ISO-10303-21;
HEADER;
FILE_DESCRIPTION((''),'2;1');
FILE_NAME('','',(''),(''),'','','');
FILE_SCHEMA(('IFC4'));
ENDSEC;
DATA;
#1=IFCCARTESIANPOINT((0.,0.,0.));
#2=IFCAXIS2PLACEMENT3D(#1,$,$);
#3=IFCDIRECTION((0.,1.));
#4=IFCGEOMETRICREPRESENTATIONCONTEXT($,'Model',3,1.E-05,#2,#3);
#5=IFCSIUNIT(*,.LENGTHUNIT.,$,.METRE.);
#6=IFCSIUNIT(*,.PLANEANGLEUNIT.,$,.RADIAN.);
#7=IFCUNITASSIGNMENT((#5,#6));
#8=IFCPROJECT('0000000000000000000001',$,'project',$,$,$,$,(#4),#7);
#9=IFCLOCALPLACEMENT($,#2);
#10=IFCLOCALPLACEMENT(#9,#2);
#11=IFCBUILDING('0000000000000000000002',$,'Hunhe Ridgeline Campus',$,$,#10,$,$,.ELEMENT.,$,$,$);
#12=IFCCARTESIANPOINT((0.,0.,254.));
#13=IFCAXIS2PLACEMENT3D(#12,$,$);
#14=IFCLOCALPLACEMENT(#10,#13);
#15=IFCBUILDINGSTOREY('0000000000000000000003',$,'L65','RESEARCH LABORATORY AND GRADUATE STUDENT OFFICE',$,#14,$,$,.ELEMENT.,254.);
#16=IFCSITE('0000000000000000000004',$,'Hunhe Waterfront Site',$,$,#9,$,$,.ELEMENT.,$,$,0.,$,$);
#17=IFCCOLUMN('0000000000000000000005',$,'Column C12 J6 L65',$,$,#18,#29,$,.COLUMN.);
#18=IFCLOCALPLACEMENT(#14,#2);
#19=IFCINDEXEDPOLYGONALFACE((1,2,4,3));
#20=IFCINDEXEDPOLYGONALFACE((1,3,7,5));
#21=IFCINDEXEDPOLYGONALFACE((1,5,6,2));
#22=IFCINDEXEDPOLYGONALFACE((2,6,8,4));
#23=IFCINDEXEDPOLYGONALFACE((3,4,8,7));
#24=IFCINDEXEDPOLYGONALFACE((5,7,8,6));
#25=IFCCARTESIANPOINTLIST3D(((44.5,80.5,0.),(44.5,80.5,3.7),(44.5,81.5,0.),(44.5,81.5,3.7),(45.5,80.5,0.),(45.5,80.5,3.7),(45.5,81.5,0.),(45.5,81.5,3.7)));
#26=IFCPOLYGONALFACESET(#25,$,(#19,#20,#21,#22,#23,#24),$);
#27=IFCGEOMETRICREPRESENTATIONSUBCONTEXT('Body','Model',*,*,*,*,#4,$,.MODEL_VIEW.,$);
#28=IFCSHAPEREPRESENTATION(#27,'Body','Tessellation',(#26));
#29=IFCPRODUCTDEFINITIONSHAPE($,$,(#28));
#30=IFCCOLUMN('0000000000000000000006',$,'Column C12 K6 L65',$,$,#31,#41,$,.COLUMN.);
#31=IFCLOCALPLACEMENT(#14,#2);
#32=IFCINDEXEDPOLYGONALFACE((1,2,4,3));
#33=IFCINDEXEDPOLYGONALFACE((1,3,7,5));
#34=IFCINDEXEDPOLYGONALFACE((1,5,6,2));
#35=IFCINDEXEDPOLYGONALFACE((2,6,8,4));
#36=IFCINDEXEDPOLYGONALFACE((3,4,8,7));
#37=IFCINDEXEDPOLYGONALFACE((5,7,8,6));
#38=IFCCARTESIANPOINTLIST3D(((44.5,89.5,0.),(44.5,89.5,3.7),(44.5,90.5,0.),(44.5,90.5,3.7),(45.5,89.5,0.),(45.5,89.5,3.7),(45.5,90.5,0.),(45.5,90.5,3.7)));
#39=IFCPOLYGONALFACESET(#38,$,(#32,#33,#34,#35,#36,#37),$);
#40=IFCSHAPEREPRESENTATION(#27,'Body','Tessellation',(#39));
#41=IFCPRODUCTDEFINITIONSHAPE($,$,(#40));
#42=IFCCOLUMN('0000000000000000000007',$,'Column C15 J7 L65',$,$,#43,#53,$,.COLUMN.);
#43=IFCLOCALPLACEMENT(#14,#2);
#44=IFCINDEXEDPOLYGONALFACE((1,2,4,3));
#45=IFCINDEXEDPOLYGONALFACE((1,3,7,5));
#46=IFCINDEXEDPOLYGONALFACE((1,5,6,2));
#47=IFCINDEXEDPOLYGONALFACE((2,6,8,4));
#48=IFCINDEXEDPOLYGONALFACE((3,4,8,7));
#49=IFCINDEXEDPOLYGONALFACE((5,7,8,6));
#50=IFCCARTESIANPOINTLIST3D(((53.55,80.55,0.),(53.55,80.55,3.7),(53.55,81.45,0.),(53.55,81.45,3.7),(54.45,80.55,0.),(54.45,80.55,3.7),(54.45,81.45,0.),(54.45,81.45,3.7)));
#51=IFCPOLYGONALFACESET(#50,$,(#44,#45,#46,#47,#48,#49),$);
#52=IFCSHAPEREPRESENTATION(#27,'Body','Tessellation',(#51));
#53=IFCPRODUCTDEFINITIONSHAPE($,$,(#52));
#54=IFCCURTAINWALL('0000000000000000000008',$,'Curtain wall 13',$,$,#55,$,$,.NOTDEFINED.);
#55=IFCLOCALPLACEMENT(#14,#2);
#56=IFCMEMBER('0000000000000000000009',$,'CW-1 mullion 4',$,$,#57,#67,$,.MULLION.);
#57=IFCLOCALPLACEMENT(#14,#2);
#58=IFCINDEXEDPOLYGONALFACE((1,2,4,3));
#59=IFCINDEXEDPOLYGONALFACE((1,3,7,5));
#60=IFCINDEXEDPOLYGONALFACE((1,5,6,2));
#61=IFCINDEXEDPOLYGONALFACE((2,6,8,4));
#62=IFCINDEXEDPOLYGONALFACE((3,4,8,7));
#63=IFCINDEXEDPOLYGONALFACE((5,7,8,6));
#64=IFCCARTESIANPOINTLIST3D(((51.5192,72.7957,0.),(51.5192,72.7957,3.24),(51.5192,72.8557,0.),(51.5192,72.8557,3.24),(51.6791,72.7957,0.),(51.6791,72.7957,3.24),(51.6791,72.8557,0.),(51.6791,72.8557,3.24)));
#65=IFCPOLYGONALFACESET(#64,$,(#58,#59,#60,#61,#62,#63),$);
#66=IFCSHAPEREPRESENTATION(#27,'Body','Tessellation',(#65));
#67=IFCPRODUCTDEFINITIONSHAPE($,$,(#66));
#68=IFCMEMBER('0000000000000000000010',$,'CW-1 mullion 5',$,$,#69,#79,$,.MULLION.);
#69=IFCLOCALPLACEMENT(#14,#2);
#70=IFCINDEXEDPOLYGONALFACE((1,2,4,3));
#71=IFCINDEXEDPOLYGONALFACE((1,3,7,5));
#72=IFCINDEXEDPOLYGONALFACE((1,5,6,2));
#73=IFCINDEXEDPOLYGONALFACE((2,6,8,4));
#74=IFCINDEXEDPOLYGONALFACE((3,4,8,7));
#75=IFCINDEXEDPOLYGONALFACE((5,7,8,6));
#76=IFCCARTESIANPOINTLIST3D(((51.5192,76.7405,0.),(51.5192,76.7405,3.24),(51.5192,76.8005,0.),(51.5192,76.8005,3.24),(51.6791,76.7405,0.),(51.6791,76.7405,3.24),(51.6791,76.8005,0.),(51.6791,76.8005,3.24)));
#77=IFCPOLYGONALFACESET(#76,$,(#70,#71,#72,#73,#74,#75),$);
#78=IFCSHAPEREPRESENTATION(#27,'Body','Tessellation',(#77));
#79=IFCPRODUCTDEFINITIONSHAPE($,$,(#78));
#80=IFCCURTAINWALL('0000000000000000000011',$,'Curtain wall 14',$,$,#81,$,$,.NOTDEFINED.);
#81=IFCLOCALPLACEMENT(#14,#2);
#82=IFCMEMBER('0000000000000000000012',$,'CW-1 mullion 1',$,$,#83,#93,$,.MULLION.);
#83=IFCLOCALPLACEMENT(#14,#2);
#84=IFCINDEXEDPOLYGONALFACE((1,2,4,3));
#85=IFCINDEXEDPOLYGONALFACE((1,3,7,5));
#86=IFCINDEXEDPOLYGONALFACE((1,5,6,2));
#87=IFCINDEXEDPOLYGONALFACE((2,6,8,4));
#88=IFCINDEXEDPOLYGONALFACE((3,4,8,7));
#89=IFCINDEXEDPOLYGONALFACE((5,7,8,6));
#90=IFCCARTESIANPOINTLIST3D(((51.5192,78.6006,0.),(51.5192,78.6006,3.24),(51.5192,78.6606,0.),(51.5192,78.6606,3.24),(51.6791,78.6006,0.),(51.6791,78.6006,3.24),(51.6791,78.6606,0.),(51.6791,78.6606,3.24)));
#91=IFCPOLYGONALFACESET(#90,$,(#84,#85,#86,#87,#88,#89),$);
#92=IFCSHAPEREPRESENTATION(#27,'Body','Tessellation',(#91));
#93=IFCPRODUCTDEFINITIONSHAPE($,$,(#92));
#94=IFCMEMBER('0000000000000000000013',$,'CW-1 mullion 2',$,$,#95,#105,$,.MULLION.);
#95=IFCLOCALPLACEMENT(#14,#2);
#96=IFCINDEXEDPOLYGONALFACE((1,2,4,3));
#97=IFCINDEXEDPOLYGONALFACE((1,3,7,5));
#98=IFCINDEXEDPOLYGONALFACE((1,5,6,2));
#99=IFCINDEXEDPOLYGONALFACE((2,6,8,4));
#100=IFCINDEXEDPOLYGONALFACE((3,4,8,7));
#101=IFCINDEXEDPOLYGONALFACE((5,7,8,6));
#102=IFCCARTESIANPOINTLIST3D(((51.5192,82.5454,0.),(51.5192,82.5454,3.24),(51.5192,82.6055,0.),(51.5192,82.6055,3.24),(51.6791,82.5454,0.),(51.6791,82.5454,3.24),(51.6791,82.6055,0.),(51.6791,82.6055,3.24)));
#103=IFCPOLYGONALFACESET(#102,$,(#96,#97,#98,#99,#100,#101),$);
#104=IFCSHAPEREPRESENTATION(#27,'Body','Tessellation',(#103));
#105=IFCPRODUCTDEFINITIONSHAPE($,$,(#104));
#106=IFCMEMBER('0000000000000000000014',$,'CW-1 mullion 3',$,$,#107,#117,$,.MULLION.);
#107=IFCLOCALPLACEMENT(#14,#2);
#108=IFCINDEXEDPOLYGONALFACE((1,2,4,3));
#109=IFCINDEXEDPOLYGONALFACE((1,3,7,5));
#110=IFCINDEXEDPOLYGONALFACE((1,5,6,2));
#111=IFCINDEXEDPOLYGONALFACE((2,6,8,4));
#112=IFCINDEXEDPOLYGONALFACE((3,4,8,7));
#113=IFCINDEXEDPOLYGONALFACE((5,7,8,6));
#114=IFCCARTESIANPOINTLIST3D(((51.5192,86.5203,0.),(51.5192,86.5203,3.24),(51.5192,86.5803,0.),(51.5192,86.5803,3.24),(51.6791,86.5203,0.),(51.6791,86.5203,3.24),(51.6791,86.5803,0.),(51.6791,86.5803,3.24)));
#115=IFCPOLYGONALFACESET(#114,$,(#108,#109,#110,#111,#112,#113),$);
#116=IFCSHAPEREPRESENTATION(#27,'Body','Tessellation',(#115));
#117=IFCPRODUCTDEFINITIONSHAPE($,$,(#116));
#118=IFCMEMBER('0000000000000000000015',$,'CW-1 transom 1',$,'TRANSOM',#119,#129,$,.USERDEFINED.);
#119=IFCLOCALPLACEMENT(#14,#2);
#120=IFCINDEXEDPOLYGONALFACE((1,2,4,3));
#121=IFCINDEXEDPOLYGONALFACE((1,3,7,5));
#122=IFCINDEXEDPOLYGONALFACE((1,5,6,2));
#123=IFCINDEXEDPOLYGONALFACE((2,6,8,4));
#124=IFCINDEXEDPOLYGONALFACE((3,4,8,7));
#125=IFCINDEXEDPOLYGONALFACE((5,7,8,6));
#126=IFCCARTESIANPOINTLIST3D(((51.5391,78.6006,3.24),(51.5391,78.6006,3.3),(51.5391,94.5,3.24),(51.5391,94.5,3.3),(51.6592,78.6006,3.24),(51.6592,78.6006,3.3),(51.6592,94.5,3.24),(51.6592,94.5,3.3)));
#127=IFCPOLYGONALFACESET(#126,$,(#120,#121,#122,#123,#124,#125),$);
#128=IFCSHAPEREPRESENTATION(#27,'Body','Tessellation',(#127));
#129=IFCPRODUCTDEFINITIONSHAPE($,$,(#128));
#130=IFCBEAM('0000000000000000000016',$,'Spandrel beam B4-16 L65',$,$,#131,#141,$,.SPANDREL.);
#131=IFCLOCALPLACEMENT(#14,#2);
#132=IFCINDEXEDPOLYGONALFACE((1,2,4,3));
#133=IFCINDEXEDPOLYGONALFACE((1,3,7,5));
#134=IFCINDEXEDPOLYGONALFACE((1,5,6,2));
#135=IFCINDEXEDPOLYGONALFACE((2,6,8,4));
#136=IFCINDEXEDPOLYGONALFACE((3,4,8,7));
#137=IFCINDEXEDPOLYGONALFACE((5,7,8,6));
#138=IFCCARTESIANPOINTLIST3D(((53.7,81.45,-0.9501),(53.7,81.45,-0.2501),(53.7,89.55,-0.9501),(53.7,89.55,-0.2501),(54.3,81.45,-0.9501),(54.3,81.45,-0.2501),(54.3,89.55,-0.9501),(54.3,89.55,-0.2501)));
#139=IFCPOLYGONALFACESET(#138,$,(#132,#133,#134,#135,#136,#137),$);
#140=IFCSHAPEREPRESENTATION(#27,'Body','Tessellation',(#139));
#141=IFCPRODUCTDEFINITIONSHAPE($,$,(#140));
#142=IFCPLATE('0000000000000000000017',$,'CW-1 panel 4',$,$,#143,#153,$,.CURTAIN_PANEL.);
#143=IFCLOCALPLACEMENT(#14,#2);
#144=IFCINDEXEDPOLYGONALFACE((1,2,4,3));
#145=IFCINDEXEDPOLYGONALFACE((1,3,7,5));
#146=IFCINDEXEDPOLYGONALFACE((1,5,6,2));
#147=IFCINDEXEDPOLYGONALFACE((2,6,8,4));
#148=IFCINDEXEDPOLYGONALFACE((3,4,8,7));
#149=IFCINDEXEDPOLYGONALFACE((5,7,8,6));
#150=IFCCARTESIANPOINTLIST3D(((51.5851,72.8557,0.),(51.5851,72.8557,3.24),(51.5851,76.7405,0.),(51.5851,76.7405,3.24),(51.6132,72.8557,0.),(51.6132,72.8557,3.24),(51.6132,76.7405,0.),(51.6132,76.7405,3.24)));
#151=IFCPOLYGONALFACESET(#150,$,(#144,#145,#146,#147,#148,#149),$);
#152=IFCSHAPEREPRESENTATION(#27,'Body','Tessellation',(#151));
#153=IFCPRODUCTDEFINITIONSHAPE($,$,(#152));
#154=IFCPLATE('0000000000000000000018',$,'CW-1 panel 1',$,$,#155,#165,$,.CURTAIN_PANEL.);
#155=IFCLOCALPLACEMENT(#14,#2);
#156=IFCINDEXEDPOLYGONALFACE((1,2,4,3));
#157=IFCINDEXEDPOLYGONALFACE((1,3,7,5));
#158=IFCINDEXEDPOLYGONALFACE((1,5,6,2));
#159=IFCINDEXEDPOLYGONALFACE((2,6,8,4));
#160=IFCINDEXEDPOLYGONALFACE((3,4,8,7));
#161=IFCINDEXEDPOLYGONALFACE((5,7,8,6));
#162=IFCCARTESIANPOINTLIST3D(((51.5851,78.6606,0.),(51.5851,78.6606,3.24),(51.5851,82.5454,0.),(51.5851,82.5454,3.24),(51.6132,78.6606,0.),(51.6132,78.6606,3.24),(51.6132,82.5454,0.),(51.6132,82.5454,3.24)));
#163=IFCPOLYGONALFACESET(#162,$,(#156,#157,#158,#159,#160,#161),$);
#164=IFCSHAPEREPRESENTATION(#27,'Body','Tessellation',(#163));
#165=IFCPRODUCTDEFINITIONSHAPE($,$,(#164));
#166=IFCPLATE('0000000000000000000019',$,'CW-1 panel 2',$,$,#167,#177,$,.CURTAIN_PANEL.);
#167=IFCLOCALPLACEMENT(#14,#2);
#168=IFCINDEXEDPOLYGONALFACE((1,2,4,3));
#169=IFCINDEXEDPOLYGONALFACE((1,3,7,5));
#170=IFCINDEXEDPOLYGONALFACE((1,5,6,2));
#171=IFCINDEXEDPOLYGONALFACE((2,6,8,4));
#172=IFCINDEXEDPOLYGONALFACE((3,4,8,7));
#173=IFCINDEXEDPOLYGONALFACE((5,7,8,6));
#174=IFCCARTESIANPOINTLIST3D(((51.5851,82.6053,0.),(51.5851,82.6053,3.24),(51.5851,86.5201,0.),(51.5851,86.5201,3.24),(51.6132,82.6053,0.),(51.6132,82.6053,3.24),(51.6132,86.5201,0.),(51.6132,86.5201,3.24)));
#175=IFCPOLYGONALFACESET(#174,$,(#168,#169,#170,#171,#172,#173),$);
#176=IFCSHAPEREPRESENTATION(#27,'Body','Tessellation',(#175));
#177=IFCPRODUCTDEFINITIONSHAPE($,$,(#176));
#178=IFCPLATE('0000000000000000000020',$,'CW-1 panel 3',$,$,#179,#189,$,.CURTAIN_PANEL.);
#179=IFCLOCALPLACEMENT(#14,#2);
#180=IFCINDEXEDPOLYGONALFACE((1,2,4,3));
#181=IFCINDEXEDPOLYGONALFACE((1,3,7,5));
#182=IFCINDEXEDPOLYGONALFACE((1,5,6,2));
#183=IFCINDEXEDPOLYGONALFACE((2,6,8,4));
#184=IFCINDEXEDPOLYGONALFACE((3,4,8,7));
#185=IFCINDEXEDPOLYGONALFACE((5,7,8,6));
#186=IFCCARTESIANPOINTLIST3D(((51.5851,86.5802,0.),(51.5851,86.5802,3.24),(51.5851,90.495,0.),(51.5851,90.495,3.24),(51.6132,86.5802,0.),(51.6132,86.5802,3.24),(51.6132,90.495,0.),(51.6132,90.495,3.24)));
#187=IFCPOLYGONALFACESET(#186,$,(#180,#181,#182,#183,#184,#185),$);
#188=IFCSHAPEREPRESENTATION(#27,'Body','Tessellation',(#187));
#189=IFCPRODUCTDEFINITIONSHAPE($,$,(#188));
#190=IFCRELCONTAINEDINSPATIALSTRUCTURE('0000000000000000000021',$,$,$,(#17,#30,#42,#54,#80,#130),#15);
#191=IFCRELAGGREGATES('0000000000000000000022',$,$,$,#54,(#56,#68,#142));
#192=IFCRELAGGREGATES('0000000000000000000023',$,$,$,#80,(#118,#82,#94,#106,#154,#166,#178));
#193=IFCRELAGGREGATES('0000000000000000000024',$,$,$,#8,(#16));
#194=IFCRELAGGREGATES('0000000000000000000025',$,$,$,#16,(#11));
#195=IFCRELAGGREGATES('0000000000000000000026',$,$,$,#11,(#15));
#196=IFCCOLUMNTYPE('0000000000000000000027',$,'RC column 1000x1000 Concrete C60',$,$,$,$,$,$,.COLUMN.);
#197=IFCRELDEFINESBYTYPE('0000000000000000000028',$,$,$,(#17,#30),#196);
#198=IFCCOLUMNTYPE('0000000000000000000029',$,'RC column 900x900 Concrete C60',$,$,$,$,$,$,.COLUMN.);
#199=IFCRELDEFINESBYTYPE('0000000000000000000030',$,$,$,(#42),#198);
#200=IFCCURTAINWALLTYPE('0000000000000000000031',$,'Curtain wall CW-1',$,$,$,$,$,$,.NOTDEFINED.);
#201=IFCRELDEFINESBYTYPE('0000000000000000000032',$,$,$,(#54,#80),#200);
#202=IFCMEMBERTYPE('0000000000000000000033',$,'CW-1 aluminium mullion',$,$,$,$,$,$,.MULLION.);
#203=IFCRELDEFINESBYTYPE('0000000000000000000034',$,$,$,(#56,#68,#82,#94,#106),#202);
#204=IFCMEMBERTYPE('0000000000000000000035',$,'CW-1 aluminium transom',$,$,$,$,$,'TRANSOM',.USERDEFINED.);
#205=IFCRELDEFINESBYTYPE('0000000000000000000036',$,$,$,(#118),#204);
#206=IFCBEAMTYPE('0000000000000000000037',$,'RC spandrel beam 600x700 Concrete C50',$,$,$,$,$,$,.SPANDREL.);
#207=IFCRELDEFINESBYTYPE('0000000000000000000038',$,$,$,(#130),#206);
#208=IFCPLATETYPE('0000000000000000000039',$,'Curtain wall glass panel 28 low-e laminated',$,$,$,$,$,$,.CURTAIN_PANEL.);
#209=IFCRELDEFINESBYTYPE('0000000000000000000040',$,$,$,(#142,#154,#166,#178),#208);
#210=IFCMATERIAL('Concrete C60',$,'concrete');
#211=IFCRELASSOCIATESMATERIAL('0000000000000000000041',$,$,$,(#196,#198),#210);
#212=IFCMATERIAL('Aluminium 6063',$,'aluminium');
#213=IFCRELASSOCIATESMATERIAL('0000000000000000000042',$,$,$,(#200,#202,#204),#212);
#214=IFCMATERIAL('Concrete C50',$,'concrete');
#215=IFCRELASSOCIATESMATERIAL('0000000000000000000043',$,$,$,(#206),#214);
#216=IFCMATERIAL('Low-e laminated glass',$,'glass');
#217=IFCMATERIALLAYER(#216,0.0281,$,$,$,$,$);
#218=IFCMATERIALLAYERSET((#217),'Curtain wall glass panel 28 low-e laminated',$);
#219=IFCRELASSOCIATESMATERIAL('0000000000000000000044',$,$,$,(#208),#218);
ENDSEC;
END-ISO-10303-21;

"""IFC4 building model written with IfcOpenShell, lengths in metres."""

from ifc_helpers import new_model, si_unit, direction, frame, origin, origin_2d, place, context, subcontext, project, spatial, rectangle, extrude, material, layer, layer_set, material_profile, profile_set, type_object, element, aggregate, save


model = new_model("IFC4")

# Units and contexts
model_context = context("Model", 3, precision=1e-05, world=origin(), true_north=direction((0.0, 1.0)))
body_context = subcontext(model_context, "Body", "Model", "MODEL_VIEW")
ifc_project = project(units=[si_unit("LENGTHUNIT", "METRE"), si_unit("PLANEANGLEUNIT", "RADIAN")], contexts=[model_context])

# Site, building, storey
site_placement = place(None, origin())
site = spatial("IfcSite", under=ifc_project, at=site_placement, Name="Hunhe Waterfront Site", CompositionType="ELEMENT", RefElevation=0.0)
building_placement = place(site_placement, origin())
building = spatial("IfcBuilding", under=site, at=building_placement, Name="Hunhe Ridgeline Campus", CompositionType="ELEMENT")
storey_placement = place(building_placement, frame((0.0, 0.0, 254.0)))
storey = spatial("IfcBuildingStorey", under=building, at=storey_placement, Name="L65", Description="RESEARCH LABORATORY AND GRADUATE STUDENT OFFICE", CompositionType="ELEMENT", Elevation=254.0)

# Columns
ifc_material_1 = material(Name="Concrete C60", Category="concrete")
ifc_material_profile_1 = material_profile(ifc_material_1, rectangle(XDim=1.0, YDim=1.0, at=origin_2d()))
ifc_profile_set_1 = profile_set([ifc_material_profile_1], Name="Concrete C60")
column_type_1 = type_object("IfcColumnType", Name="RC column 1000x1000 Concrete C60", PredefinedType="COLUMN", material=ifc_profile_set_1)
for number, where, z_axis, x_axis, name in (
    (1, (45.0, 81.0, 0.0), (0.0, 0.0, 1.0), (1.0, 0.0, 0.0), "Column C12 J6 L65"),
    (2, (45.0, 90.0, 0.0), (0.0, 0.0, 1.0), (1.0, 0.0, 0.0), "Column C12 K6 L65"),
):
    element("IfcColumn", number, at=place(storey_placement, frame(where, z_axis=z_axis, x_axis=x_axis)), inside=storey, type_object=column_type_1, Name=name, PredefinedType="COLUMN", context=body_context, shape_type="SweptSolid", body=[
        extrude(rectangle(XDim=1.0, YDim=1.0, at=origin_2d()), origin(), (0.0, 0.0, 1.0), 3.7),
    ])
ifc_material_profile_2 = material_profile(ifc_material_1, rectangle(XDim=0.8999, YDim=0.8999, at=origin_2d()))
ifc_profile_set_2 = profile_set([ifc_material_profile_2], Name="Concrete C60")
column_type_2 = type_object("IfcColumnType", Name="RC column 900x900 Concrete C60", PredefinedType="COLUMN", material=ifc_profile_set_2)
column_placement = place(storey_placement, frame((54.0, 81.0, 0.0), z_axis=(0.0, 0.0, 1.0), x_axis=(1.0, 0.0, 0.0)))
element("IfcColumn", 3, at=column_placement, inside=storey, type_object=column_type_2, Name="Column C15 J7 L65", PredefinedType="COLUMN", context=body_context, shape_type="SweptSolid", body=[
    extrude(rectangle(XDim=0.8999, YDim=0.8999, at=origin_2d()), origin(), (0.0, 0.0, 1.0), 3.7),
])

# Curtain walls, members
ifc_material_2 = material(Name="Aluminium 6063", Category="aluminium")
curtain_wall_type = type_object("IfcCurtainWallType", Name="Curtain wall CW-1", PredefinedType="NOTDEFINED", material=ifc_material_2)
curtain_wall_1_placement = place(storey_placement, origin())
curtain_wall_1 = element("IfcCurtainWall", 4, at=curtain_wall_1_placement, inside=storey, type_object=curtain_wall_type, Name="Curtain wall 13", PredefinedType="NOTDEFINED")
ifc_material_profile_3 = material_profile(ifc_material_2, rectangle(XDim=0.1599, YDim=0.0601, at=origin_2d()))
ifc_profile_set_3 = profile_set([ifc_material_profile_3], Name="Aluminium 6063")
member_type_1 = type_object("IfcMemberType", Name="CW-1 aluminium mullion", PredefinedType="MULLION", material=ifc_profile_set_3)
member_1_placement = place(storey_placement, frame((51.5991, 72.8257, 0.0), z_axis=(0.0, 0.0, 1.0), x_axis=(-1.0, 0.0, 0.0)))
member_1 = element("IfcMember", 5, at=member_1_placement, type_object=member_type_1, Name="CW-1 mullion 4", PredefinedType="MULLION", context=body_context, shape_type="SweptSolid", body=[
    extrude(rectangle(XDim=0.1599, YDim=0.0601, at=origin_2d()), origin(), (0.0, 0.0, 1.0), 3.24),
])
member_2_placement = place(storey_placement, frame((51.5991, 76.7705, 0.0), z_axis=(0.0, 0.0, 1.0), x_axis=(-1.0, 0.0, 0.0)))
member_2 = element("IfcMember", 6, at=member_2_placement, type_object=member_type_1, Name="CW-1 mullion 5", PredefinedType="MULLION", context=body_context, shape_type="SweptSolid", body=[
    extrude(rectangle(XDim=0.1599, YDim=0.0601, at=origin_2d()), origin(), (0.0, 0.0, 1.0), 3.24),
])
curtain_wall_2_placement = place(storey_placement, origin())
curtain_wall_2 = element("IfcCurtainWall", 7, at=curtain_wall_2_placement, inside=storey, type_object=curtain_wall_type, Name="Curtain wall 14", PredefinedType="NOTDEFINED")
member_3_placement = place(storey_placement, frame((51.5991, 78.6306, 0.0), z_axis=(0.0, 0.0, 1.0), x_axis=(-1.0, 0.0, 0.0)))
member_3 = element("IfcMember", 8, at=member_3_placement, type_object=member_type_1, Name="CW-1 mullion 1", PredefinedType="MULLION", context=body_context, shape_type="SweptSolid", body=[
    extrude(rectangle(XDim=0.1599, YDim=0.0601, at=origin_2d()), origin(), (0.0, 0.0, 1.0), 3.24),
])
member_4_placement = place(storey_placement, frame((51.5991, 82.5754, 0.0), z_axis=(0.0, 0.0, 1.0), x_axis=(-1.0, 0.0, 0.0)))
member_4 = element("IfcMember", 9, at=member_4_placement, type_object=member_type_1, Name="CW-1 mullion 2", PredefinedType="MULLION", context=body_context, shape_type="SweptSolid", body=[
    extrude(rectangle(XDim=0.1599, YDim=0.0601, at=origin_2d()), origin(), (0.0, 0.0, 1.0), 3.24),
])
member_5_placement = place(storey_placement, frame((51.5991, 86.5503, 0.0), z_axis=(0.0, 0.0, 1.0), x_axis=(-1.0, 0.0, 0.0)))
member_5 = element("IfcMember", 10, at=member_5_placement, type_object=member_type_1, Name="CW-1 mullion 3", PredefinedType="MULLION", context=body_context, shape_type="SweptSolid", body=[
    extrude(rectangle(XDim=0.1599, YDim=0.0601, at=origin_2d()), origin(), (0.0, 0.0, 1.0), 3.24),
])
ifc_material_profile_4 = material_profile(ifc_material_2, rectangle(XDim=0.1201, YDim=0.0601, at=origin_2d()))
ifc_profile_set_4 = profile_set([ifc_material_profile_4], Name="Aluminium 6063")
member_type_2 = type_object("IfcMemberType", Name="CW-1 aluminium transom", ElementType="TRANSOM", PredefinedType="USERDEFINED", material=ifc_profile_set_4)
member_6_placement = place(storey_placement, frame((51.5991, 78.6006, 3.27), z_axis=(0.0, 1.0, 0.0), x_axis=(-1.0, 0.0, 0.0)))
member_6 = element("IfcMember", 11, at=member_6_placement, type_object=member_type_2, Name="CW-1 transom 1", ObjectType="TRANSOM", PredefinedType="USERDEFINED", context=body_context, shape_type="SweptSolid", body=[
    extrude(rectangle(XDim=0.1201, YDim=0.0601, at=origin_2d()), origin(), (0.0, 0.0, 1.0), 15.8994),
])

# Beam
ifc_material_3 = material(Name="Concrete C50", Category="concrete")
ifc_material_profile_5 = material_profile(ifc_material_3, rectangle(XDim=0.6001, YDim=0.7, at=origin_2d()))
ifc_profile_set_5 = profile_set([ifc_material_profile_5], Name="Concrete C50")
beam_type = type_object("IfcBeamType", Name="RC spandrel beam 600x700 Concrete C50", PredefinedType="SPANDREL", material=ifc_profile_set_5)
beam_placement = place(storey_placement, frame((54.0, 81.45, -0.6001), z_axis=(0.0, 1.0, 0.0), x_axis=(-1.0, 0.0, 0.0)))
element("IfcBeam", 12, at=beam_placement, inside=storey, type_object=beam_type, Name="Spandrel beam B4-16 L65", PredefinedType="SPANDREL", context=body_context, shape_type="SweptSolid", body=[
    extrude(rectangle(XDim=0.6001, YDim=0.7, at=origin_2d()), origin(), (0.0, 0.0, 1.0), 8.1001),
])

# Plates
ifc_material_4 = material(Name="Low-e laminated glass", Category="glass")
ifc_layer_1 = layer(ifc_material_4, 0.0281)
ifc_layer_set_1 = layer_set([ifc_layer_1], Name="Curtain wall glass panel 28 low-e laminated")
plate_type = type_object("IfcPlateType", Name="Curtain wall glass panel 28 low-e laminated", PredefinedType="CURTAIN_PANEL", material=ifc_layer_set_1)
plate_1_placement = place(storey_placement, frame((51.5991, 74.7981, 0.0), z_axis=(0.0, 0.0, 1.0), x_axis=(0.0, 1.0, 0.0)))
plate_1 = element("IfcPlate", 13, at=plate_1_placement, type_object=plate_type, Name="CW-1 panel 4", PredefinedType="CURTAIN_PANEL", context=body_context, shape_type="SweptSolid", body=[
    extrude(rectangle(XDim=3.8848, YDim=0.0281, at=origin_2d()), origin(), (0.0, 0.0, 1.0), 3.24),
])
aggregate(curtain_wall_1, [member_1, member_2, plate_1])
plate_2_placement = place(storey_placement, frame((51.5991, 80.603, 0.0), z_axis=(0.0, 0.0, 1.0), x_axis=(0.0, 1.0, 0.0)))
plate_2 = element("IfcPlate", 14, at=plate_2_placement, type_object=plate_type, Name="CW-1 panel 1", PredefinedType="CURTAIN_PANEL", context=body_context, shape_type="SweptSolid", body=[
    extrude(rectangle(XDim=3.8848, YDim=0.0281, at=origin_2d()), origin(), (0.0, 0.0, 1.0), 3.24),
])
plate_3_placement = place(storey_placement, frame((51.5991, 84.5627, 0.0), z_axis=(0.0, 0.0, 1.0), x_axis=(0.0, 1.0, 0.0)))
plate_3 = element("IfcPlate", 15, at=plate_3_placement, type_object=plate_type, Name="CW-1 panel 2", PredefinedType="CURTAIN_PANEL", context=body_context, shape_type="SweptSolid", body=[
    extrude(rectangle(XDim=3.9148, YDim=0.0281, at=origin_2d()), origin(), (0.0, 0.0, 1.0), 3.24),
])
plate_4_placement = place(storey_placement, frame((51.5991, 88.5376, 0.0), z_axis=(0.0, 0.0, 1.0), x_axis=(0.0, 1.0, 0.0)))
plate_4 = element("IfcPlate", 16, at=plate_4_placement, type_object=plate_type, Name="CW-1 panel 3", PredefinedType="CURTAIN_PANEL", context=body_context, shape_type="SweptSolid", body=[
    extrude(rectangle(XDim=3.9148, YDim=0.0281, at=origin_2d()), origin(), (0.0, 0.0, 1.0), 3.24),
])
aggregate(curtain_wall_2, [member_6, member_3, member_4, member_5, plate_2, plate_3, plate_4])

save(model, "model.ifc")
